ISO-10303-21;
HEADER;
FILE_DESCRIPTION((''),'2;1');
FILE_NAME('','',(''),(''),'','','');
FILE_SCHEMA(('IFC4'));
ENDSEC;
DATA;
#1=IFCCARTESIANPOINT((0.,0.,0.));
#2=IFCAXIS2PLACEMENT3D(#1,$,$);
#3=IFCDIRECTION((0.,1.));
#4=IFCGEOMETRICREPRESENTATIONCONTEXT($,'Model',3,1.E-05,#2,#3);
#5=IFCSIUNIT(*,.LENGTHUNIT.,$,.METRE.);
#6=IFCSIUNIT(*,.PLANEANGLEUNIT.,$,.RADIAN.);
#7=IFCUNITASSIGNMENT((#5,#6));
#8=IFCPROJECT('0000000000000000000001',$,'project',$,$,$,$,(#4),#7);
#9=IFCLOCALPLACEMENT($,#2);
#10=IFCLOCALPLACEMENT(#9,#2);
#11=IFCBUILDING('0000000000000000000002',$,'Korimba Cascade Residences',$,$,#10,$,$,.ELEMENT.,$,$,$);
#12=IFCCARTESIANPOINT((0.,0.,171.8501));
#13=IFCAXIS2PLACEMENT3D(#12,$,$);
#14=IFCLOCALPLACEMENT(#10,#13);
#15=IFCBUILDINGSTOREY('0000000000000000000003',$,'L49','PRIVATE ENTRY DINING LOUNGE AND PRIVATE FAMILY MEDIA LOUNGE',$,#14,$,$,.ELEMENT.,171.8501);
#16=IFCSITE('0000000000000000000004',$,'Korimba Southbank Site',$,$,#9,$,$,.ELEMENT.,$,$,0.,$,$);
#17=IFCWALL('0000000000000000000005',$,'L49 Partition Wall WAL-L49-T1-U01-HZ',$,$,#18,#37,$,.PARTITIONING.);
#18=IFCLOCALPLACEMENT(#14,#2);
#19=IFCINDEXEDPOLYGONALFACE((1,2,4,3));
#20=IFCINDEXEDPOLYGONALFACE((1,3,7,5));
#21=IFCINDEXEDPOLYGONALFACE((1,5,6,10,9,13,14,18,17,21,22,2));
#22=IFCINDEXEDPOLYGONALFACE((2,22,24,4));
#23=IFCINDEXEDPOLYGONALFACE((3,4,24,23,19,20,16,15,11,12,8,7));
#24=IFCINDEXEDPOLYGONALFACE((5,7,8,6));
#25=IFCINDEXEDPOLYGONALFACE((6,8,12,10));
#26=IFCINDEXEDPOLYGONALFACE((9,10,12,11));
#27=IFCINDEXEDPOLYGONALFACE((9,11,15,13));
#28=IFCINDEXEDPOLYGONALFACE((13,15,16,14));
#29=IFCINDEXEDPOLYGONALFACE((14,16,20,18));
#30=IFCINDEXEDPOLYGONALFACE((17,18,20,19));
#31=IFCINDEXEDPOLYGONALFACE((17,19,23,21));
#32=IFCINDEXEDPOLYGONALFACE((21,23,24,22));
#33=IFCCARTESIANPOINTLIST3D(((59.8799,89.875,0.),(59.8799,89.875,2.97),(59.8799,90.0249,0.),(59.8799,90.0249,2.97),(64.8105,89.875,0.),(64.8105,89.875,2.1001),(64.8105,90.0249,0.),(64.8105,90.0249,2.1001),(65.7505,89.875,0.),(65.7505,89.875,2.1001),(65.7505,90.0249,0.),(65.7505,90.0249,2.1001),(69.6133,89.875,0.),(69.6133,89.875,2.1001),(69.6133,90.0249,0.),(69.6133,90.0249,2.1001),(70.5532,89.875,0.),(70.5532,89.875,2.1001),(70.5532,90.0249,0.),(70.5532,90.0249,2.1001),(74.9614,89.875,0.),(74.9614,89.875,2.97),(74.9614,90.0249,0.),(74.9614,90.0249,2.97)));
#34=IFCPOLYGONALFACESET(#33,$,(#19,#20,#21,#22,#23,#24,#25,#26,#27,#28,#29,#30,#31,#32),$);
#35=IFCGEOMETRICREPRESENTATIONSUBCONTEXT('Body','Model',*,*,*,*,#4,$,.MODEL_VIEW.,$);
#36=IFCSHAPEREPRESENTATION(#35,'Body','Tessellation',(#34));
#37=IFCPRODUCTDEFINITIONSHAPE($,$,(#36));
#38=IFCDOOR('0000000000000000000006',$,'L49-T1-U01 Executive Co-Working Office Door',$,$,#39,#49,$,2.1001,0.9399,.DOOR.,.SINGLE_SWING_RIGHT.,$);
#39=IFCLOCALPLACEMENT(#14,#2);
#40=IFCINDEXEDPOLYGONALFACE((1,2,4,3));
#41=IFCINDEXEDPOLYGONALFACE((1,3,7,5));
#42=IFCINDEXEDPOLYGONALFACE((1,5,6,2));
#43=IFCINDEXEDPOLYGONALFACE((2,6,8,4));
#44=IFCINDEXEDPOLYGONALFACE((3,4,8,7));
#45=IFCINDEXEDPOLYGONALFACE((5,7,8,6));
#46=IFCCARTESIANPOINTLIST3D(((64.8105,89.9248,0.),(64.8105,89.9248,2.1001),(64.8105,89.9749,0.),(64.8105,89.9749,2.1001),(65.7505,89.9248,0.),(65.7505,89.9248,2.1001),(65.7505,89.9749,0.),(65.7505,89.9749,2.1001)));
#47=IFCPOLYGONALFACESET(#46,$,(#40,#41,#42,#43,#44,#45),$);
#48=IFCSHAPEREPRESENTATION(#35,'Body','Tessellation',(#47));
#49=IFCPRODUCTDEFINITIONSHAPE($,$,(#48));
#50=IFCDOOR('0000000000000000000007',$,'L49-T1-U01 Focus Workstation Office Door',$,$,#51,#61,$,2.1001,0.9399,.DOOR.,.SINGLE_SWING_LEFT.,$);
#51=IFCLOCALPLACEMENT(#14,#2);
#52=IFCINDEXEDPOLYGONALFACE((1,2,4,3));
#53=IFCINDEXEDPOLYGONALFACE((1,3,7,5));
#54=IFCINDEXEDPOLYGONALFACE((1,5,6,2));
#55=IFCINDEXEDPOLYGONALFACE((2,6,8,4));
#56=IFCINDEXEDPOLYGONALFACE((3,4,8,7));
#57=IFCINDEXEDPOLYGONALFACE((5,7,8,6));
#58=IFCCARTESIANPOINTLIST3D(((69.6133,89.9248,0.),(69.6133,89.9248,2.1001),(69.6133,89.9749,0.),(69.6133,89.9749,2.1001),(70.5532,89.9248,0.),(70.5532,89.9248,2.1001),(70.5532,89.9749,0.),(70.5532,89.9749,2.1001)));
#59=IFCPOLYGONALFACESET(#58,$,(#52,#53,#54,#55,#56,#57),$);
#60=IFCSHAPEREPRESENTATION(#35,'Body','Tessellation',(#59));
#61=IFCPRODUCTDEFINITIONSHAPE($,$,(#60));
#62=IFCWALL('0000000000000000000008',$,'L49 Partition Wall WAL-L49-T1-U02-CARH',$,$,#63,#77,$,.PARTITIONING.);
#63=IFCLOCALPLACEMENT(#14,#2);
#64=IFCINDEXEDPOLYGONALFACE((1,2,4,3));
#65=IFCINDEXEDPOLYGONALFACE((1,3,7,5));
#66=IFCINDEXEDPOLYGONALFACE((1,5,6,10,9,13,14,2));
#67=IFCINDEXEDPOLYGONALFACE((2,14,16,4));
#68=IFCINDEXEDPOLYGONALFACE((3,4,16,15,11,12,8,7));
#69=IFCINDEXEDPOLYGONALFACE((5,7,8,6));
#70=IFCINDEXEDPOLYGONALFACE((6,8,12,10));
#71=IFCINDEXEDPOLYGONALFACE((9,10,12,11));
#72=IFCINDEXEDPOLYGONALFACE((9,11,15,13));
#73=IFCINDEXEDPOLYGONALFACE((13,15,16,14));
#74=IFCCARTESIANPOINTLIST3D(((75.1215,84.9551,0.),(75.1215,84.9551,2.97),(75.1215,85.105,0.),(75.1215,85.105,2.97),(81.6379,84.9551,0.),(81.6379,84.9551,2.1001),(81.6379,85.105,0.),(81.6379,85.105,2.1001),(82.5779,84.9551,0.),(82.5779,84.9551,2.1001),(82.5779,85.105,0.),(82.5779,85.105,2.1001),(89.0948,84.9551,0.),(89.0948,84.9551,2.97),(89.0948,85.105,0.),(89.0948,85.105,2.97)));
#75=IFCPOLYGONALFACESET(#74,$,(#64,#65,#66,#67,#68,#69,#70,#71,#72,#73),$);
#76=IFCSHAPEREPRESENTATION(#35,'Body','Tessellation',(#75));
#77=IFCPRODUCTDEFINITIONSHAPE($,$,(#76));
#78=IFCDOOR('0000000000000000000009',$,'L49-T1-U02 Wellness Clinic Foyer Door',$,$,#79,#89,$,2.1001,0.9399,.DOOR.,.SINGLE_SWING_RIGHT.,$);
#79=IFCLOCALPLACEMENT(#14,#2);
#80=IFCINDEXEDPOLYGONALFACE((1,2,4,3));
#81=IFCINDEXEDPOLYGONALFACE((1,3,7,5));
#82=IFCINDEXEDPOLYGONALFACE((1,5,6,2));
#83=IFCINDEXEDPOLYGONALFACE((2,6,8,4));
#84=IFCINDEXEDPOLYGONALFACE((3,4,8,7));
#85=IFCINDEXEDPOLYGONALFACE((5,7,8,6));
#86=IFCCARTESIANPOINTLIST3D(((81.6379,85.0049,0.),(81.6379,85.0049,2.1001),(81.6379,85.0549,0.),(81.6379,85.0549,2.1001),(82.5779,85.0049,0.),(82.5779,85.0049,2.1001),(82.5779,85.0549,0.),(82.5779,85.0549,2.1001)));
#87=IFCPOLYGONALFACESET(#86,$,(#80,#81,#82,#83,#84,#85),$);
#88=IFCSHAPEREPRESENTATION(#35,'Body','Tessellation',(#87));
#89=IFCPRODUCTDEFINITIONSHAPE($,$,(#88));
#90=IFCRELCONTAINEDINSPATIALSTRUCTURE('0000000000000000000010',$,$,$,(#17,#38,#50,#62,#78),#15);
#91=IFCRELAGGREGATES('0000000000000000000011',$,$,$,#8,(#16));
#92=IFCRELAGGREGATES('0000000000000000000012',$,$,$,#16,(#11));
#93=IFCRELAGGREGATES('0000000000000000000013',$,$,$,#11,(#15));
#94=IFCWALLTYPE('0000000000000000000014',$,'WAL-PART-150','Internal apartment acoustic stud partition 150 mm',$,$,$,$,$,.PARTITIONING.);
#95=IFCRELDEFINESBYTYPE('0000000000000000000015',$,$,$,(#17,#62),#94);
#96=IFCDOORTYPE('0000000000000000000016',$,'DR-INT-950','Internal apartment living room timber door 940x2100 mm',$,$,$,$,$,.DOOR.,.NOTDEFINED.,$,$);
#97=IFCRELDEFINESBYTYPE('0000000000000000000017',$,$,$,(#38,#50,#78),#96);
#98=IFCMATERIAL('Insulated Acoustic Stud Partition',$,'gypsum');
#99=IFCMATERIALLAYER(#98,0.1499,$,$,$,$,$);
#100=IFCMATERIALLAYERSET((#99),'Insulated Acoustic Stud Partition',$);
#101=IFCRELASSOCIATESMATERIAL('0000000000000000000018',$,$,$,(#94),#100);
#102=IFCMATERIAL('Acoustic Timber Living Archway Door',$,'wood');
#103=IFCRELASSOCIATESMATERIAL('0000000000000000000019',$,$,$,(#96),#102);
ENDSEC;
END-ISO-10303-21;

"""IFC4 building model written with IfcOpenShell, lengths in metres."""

from ifc_helpers import new_model, si_unit, direction, frame, frame_2d, origin, place, context, subcontext, project, spatial, rectangle, extrude, material, layer, layer_set, type_object, element, fill, save


model = new_model("IFC4")

# Units and contexts
model_context = context("Model", 3, precision=1e-05, world=origin(), true_north=direction((0.0, 1.0)))
body_context = subcontext(model_context, "Body", "Model", "MODEL_VIEW")
ifc_project = project(units=[si_unit("LENGTHUNIT", "METRE"), si_unit("PLANEANGLEUNIT", "RADIAN")], contexts=[model_context])

# Site, building, storey
site_placement = place(None, origin())
site = spatial("IfcSite", under=ifc_project, at=site_placement, Name="Korimba Southbank Site", CompositionType="ELEMENT", RefElevation=0.0)
building_placement = place(site_placement, origin())
building = spatial("IfcBuilding", under=site, at=building_placement, Name="Korimba Cascade Residences", CompositionType="ELEMENT")
storey_placement = place(building_placement, frame((0.0, 0.0, 171.8501)))
storey = spatial("IfcBuildingStorey", under=building, at=storey_placement, Name="L49", Description="PRIVATE ENTRY DINING LOUNGE AND PRIVATE FAMILY MEDIA LOUNGE", CompositionType="ELEMENT", Elevation=171.8501)

# Shared definitions
ifc_material_1 = material(Name="Insulated Acoustic Stud Partition", Category="gypsum")
ifc_layer_1 = layer(ifc_material_1, 0.1499)
ifc_layer_set_1 = layer_set([ifc_layer_1], Name="Insulated Acoustic Stud Partition")
wall_type_1 = type_object("IfcWallType", Name="WAL-PART-150", Description="Internal apartment acoustic stud partition 150 mm", PredefinedType="PARTITIONING", material=ifc_layer_set_1)

# Wall, openings, doors
wall_1_placement = place(storey_placement, frame((59.8799, 89.95, 0.0), z_axis=(0.0, 0.0, 1.0), x_axis=(1.0, 0.0, 0.0)))
wall_1 = element("IfcWall", 1, at=wall_1_placement, inside=storey, type_object=wall_type_1, Name="L49 Partition Wall WAL-L49-T1-U01-HZ", PredefinedType="PARTITIONING", context=body_context, shape_type="SweptSolid", body=[
    extrude(rectangle(XDim=15.0815, YDim=0.1499, at=frame_2d((7.5408, 0.0))), origin(), (0.0, 0.0, 1.0), 2.97),
])
opening_1_placement = place(wall_1_placement, frame((4.9307, 0.0, 0.0)))
opening_1 = element("IfcOpeningElement", 2, at=opening_1_placement, cuts=wall_1, PredefinedType="OPENING", context=body_context, shape_type="SweptSolid", body=[
    extrude(rectangle(XDim=0.9399, YDim=2.1001, at=frame_2d((0.47, 1.05))), frame((0.0, 0.085, 0.0), z_axis=(0.0, -1.0, 0.0), x_axis=(1.0, 0.0, 0.0)), (0.0, 0.0, 1.0), 0.1699),
])
opening_2_placement = place(wall_1_placement, frame((9.7334, 0.0, 0.0)))
opening_2 = element("IfcOpeningElement", 3, at=opening_2_placement, cuts=wall_1, PredefinedType="OPENING", context=body_context, shape_type="SweptSolid", body=[
    extrude(rectangle(XDim=0.9399, YDim=2.1001, at=frame_2d((0.47, 1.05))), frame((0.0, 0.085, 0.0), z_axis=(0.0, -1.0, 0.0), x_axis=(1.0, 0.0, 0.0)), (0.0, 0.0, 1.0), 0.1699),
])
ifc_material_2 = material(Name="Acoustic Timber Living Archway Door", Category="wood")
door_type_1 = type_object("IfcDoorType", Name="DR-INT-950", Description="Internal apartment living room timber door 940x2100 mm", OperationType="NOTDEFINED", PredefinedType="DOOR", material=ifc_material_2)
door_1_placement = place(opening_1_placement, origin())
door_1 = element("IfcDoor", 4, at=door_1_placement, inside=storey, type_object=door_type_1, Name="L49-T1-U01 Executive Co-Working Office Door", OperationType="SINGLE_SWING_RIGHT", OverallHeight=2.1001, OverallWidth=0.9399, PredefinedType="DOOR", context=body_context, shape_type="SweptSolid", body=[
    extrude(rectangle(XDim=0.9399, YDim=2.1001, at=frame_2d((0.47, 1.05))), frame((0.0, 0.0249, 0.0), z_axis=(0.0, -1.0, 0.0), x_axis=(1.0, 0.0, 0.0)), (0.0, 0.0, 1.0), 0.05),
])
fill(opening_1, door_1)
door_2_placement = place(opening_2_placement, origin())
door_2 = element("IfcDoor", 5, at=door_2_placement, inside=storey, type_object=door_type_1, Name="L49-T1-U01 Focus Workstation Office Door", OperationType="SINGLE_SWING_LEFT", OverallHeight=2.1001, OverallWidth=0.9399, PredefinedType="DOOR", context=body_context, shape_type="SweptSolid", body=[
    extrude(rectangle(XDim=0.9399, YDim=2.1001, at=frame_2d((0.47, 1.05))), frame((0.0, 0.0249, 0.0), z_axis=(0.0, -1.0, 0.0), x_axis=(1.0, 0.0, 0.0)), (0.0, 0.0, 1.0), 0.05),
])
fill(opening_2, door_2)

# Wall, opening, door
wall_2_placement = place(storey_placement, frame((75.1213, 85.03, 0.0), z_axis=(0.0, 0.0, 1.0), x_axis=(1.0, 0.0, 0.0)))
wall_2 = element("IfcWall", 6, at=wall_2_placement, inside=storey, type_object=wall_type_1, Name="L49 Partition Wall WAL-L49-T1-U02-CARH", PredefinedType="PARTITIONING", context=body_context, shape_type="SweptSolid", body=[
    extrude(rectangle(XDim=13.9734, YDim=0.1499, at=frame_2d((6.9868, 0.0))), origin(), (0.0, 0.0, 1.0), 2.97),
])
opening_3_placement = place(wall_2_placement, frame((6.5166, 0.0, 0.0)))
opening_3 = element("IfcOpeningElement", 7, at=opening_3_placement, cuts=wall_2, PredefinedType="OPENING", context=body_context, shape_type="SweptSolid", body=[
    extrude(rectangle(XDim=0.9399, YDim=2.1001, at=frame_2d((0.47, 1.05))), frame((0.0, 0.085, 0.0), z_axis=(0.0, -1.0, 0.0), x_axis=(1.0, 0.0, 0.0)), (0.0, 0.0, 1.0), 0.1699),
])
door_3_placement = place(opening_3_placement, origin())
door_3 = element("IfcDoor", 8, at=door_3_placement, inside=storey, type_object=door_type_1, Name="L49-T1-U02 Wellness Clinic Foyer Door", OperationType="SINGLE_SWING_RIGHT", OverallHeight=2.1001, OverallWidth=0.9399, PredefinedType="DOOR", context=body_context, shape_type="SweptSolid", body=[
    extrude(rectangle(XDim=0.9399, YDim=2.1001, at=frame_2d((0.47, 1.05))), frame((0.0, 0.0249, 0.0), z_axis=(0.0, -1.0, 0.0), x_axis=(1.0, 0.0, 0.0)), (0.0, 0.0, 1.0), 0.05),
])
fill(opening_3, door_3)

save(model, "model.ifc")
